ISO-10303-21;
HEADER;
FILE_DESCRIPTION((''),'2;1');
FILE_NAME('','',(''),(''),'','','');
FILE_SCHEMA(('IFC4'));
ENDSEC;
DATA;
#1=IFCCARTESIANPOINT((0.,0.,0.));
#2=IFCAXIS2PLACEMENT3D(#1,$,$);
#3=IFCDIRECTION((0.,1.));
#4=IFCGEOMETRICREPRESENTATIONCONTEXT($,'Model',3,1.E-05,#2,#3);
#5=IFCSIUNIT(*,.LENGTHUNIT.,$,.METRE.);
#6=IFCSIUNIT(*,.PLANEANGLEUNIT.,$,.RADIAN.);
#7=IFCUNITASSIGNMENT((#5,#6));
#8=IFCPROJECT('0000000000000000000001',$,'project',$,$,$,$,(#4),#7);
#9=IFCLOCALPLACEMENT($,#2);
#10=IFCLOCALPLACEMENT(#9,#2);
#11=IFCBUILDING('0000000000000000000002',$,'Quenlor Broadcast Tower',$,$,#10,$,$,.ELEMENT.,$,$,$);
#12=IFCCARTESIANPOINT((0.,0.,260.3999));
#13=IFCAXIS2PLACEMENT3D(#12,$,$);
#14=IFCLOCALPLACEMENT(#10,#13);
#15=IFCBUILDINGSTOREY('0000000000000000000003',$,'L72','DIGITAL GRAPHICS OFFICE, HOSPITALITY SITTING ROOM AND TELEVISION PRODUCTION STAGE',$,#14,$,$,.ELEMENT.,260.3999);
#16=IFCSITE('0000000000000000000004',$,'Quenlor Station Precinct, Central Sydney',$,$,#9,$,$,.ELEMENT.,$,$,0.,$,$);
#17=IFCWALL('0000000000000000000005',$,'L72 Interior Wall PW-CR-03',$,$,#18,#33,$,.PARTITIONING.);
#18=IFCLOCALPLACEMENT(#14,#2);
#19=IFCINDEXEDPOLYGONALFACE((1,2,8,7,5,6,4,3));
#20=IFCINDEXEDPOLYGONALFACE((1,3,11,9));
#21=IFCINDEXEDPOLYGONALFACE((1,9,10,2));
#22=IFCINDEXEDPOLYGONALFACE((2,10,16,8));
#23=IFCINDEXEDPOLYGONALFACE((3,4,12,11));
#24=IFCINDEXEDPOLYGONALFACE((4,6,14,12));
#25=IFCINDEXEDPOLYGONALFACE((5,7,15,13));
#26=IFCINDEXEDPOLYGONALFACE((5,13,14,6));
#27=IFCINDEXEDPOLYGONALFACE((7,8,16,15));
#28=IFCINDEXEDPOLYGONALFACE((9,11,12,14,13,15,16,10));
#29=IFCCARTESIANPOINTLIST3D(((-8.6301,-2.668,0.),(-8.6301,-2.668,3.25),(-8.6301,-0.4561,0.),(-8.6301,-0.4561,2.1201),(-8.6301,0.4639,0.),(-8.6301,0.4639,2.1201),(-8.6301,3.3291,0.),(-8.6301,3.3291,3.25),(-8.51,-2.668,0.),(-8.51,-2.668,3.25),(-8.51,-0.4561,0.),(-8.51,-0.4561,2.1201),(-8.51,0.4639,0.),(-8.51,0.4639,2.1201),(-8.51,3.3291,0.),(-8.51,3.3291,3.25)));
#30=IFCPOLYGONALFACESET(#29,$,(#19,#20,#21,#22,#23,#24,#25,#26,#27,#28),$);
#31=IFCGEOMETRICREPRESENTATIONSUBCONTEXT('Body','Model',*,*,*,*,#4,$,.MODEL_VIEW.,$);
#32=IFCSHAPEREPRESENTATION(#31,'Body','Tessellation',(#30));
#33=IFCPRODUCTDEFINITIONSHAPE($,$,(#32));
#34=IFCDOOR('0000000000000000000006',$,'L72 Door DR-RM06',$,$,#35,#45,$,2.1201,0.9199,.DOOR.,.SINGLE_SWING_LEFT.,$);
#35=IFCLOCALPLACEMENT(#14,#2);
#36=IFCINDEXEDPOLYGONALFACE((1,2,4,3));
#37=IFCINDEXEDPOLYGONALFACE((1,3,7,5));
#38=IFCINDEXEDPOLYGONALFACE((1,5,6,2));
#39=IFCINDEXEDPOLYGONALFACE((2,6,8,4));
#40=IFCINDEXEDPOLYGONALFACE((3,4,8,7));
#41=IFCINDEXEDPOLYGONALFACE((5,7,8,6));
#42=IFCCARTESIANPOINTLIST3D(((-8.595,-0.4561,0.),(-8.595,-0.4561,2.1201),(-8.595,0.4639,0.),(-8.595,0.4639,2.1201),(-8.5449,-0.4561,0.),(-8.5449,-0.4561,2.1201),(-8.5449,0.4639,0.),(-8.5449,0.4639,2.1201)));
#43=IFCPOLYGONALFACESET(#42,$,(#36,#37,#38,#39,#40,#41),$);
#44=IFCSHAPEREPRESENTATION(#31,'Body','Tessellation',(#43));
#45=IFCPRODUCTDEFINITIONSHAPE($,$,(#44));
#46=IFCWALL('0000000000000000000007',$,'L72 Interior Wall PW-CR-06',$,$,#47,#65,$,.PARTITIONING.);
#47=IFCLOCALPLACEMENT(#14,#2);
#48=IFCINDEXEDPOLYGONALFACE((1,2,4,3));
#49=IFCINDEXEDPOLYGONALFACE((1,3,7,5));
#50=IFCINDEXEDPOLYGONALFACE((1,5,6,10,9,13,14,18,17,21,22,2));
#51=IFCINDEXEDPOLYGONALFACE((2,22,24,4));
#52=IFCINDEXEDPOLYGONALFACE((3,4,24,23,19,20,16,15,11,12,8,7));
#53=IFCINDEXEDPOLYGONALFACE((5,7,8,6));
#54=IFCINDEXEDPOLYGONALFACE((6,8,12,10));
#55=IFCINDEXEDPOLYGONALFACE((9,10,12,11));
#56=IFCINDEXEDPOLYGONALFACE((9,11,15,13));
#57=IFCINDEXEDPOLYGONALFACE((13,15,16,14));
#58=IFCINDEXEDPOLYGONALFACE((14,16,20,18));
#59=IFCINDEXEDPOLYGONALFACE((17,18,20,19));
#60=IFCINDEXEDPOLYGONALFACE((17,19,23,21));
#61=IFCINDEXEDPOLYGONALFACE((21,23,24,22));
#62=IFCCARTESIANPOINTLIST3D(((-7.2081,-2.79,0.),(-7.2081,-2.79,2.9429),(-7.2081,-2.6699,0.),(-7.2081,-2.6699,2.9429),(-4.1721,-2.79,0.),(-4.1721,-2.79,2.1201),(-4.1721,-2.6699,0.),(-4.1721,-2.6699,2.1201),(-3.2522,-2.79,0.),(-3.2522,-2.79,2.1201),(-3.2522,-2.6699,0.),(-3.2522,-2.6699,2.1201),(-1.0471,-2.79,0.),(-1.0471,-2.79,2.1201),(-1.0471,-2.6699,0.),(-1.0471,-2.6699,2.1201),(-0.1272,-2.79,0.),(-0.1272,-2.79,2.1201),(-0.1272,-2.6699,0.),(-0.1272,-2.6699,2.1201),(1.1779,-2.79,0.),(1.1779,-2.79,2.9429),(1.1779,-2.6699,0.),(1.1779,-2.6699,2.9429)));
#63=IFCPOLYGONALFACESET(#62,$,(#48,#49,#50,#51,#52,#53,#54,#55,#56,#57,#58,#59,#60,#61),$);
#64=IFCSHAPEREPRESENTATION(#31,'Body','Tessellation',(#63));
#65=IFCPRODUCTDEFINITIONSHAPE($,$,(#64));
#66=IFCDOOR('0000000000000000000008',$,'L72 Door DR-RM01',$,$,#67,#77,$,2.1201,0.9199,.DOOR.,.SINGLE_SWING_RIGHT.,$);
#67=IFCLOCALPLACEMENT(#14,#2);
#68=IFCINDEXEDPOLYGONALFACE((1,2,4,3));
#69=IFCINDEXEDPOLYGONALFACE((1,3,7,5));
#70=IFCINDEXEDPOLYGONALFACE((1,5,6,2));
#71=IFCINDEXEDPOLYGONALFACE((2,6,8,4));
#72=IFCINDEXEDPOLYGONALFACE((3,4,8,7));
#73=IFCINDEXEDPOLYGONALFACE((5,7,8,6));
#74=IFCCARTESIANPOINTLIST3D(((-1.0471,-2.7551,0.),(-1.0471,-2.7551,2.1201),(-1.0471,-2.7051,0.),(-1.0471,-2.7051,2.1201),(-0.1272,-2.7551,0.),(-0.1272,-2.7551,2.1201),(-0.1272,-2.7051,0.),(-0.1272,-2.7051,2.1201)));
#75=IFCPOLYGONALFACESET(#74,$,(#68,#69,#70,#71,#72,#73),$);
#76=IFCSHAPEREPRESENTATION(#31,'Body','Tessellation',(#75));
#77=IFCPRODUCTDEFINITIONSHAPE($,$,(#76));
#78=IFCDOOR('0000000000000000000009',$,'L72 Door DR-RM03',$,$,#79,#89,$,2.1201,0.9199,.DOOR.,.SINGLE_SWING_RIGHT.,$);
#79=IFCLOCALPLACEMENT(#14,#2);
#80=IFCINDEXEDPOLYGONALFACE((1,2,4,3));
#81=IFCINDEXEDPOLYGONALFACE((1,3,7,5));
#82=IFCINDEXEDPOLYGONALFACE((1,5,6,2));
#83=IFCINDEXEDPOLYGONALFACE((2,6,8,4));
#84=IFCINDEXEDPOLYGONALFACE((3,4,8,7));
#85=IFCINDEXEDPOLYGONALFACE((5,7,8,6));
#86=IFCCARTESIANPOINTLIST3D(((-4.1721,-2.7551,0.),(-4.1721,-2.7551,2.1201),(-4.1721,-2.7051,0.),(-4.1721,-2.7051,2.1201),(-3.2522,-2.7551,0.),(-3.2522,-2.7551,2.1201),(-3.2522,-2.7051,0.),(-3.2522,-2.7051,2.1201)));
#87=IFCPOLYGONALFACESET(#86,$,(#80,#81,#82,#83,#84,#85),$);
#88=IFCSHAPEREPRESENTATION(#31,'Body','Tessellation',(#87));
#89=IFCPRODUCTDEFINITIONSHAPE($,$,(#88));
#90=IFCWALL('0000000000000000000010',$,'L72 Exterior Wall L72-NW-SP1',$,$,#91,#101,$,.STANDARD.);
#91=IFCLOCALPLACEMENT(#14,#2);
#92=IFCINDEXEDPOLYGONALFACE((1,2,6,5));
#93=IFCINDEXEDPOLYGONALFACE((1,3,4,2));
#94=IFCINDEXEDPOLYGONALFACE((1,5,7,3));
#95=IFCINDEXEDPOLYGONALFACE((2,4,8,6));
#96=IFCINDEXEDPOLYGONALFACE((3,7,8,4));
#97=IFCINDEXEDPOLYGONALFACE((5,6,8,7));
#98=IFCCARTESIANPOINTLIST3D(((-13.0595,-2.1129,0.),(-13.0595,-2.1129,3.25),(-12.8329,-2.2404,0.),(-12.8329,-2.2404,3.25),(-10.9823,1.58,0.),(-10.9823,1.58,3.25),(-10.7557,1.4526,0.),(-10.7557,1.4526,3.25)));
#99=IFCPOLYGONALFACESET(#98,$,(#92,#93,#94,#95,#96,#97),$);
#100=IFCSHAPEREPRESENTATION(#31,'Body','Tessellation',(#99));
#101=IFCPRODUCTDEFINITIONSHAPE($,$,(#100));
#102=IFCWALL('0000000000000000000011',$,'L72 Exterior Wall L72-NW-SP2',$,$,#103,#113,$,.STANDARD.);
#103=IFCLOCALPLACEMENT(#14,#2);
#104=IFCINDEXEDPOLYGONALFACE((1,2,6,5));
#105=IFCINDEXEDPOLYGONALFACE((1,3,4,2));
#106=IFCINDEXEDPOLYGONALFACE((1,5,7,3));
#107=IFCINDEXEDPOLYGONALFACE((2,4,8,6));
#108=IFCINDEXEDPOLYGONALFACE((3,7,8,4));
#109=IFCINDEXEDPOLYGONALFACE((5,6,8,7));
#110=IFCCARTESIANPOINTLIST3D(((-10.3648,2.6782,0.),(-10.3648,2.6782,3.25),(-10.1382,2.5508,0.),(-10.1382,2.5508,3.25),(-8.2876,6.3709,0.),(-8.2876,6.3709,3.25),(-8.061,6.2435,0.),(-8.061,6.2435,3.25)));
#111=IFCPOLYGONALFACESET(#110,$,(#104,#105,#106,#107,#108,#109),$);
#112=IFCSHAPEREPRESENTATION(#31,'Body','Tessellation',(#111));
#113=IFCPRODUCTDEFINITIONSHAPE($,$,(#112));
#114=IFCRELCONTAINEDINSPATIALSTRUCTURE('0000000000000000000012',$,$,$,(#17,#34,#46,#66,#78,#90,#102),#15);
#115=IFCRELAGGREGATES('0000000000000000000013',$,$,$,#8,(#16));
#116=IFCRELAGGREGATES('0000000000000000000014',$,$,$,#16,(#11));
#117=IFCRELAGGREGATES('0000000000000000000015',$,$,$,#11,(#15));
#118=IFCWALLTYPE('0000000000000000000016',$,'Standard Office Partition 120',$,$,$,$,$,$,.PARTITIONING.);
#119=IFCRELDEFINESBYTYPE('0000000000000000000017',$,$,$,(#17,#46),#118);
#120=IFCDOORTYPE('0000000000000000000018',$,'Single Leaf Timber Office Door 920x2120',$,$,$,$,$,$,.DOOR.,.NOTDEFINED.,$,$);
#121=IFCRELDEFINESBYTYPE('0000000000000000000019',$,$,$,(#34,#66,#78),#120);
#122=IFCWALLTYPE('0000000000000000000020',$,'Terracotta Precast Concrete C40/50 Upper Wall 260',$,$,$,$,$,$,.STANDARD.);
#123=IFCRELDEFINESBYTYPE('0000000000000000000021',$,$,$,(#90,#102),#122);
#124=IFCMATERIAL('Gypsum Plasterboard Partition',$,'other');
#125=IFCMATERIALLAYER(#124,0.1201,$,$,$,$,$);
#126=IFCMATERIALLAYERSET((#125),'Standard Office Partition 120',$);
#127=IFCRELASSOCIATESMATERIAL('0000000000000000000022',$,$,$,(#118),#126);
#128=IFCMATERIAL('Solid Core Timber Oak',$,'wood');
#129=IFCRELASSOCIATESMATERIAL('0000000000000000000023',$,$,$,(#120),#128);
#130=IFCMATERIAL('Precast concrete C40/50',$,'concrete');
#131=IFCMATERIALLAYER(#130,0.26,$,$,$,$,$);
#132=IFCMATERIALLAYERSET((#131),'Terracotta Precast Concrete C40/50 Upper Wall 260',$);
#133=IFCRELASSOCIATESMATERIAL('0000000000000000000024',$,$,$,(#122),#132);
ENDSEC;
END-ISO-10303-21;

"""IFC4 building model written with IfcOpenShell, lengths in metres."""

from ifc_helpers import new_model, si_unit, direction, frame, frame_2d, origin, place, context, subcontext, project, spatial, rectangle, extrude, material, layer, layer_set, type_object, element, fill, save


model = new_model("IFC4")

# Units and contexts
model_context = context("Model", 3, precision=1e-05, world=origin(), true_north=direction((0.0, 1.0)))
body_context = subcontext(model_context, "Body", "Model", "MODEL_VIEW")
ifc_project = project(units=[si_unit("LENGTHUNIT", "METRE"), si_unit("PLANEANGLEUNIT", "RADIAN")], contexts=[model_context])

# Site, building, storey
site_placement = place(None, origin())
site = spatial("IfcSite", under=ifc_project, at=site_placement, Name="Quenlor Station Precinct, Central Sydney", CompositionType="ELEMENT", RefElevation=0.0)
building_placement = place(site_placement, origin())
building = spatial("IfcBuilding", under=site, at=building_placement, Name="Quenlor Broadcast Tower", CompositionType="ELEMENT")
storey_placement = place(building_placement, frame((0.0, 0.0, 260.3999)))
storey = spatial("IfcBuildingStorey", under=building, at=storey_placement, Name="L72", Description="DIGITAL GRAPHICS OFFICE, HOSPITALITY SITTING ROOM AND TELEVISION PRODUCTION STAGE", CompositionType="ELEMENT", Elevation=260.3999)

# Wall, opening, door
ifc_material_1 = material(Name="Gypsum Plasterboard Partition", Category="other")
ifc_layer_1 = layer(ifc_material_1, 0.1201)
ifc_layer_set_1 = layer_set([ifc_layer_1], Name="Standard Office Partition 120")
wall_type_1 = type_object("IfcWallType", Name="Standard Office Partition 120", PredefinedType="PARTITIONING", material=ifc_layer_set_1)
wall_1_placement = place(storey_placement, frame((-8.5701, -2.668, 0.0), z_axis=(0.0, 0.0, 1.0), x_axis=(0.0, 1.0, 0.0)))
wall_1 = element("IfcWall", 1, at=wall_1_placement, inside=storey, type_object=wall_type_1, Name="L72 Interior Wall PW-CR-03", PredefinedType="PARTITIONING", context=body_context, shape_type="SweptSolid", body=[
    extrude(rectangle(XDim=5.9971, YDim=0.1201, at=frame_2d((2.9985, 0.0))), origin(), (0.0, 0.0, 1.0), 3.25),
])
opening_1_placement = place(wall_1_placement, frame((2.2119, 0.0, 0.0)))
opening_1 = element("IfcOpeningElement", 2, at=opening_1_placement, cuts=wall_1, PredefinedType="OPENING", context=body_context, shape_type="SweptSolid", body=[
    extrude(rectangle(XDim=0.9199, YDim=2.1201, at=frame_2d((0.46, 1.0601))), frame((0.0, 0.0701, 0.0), z_axis=(0.0, -1.0, 0.0), x_axis=(1.0, 0.0, 0.0)), (0.0, 0.0, 1.0), 0.1401),
])
ifc_material_2 = material(Name="Solid Core Timber Oak", Category="wood")
door_type = type_object("IfcDoorType", Name="Single Leaf Timber Office Door 920x2120", OperationType="NOTDEFINED", PredefinedType="DOOR", material=ifc_material_2)
door_1_placement = place(opening_1_placement, origin())
door_1 = element("IfcDoor", 3, at=door_1_placement, inside=storey, type_object=door_type, Name="L72 Door DR-RM06", OperationType="SINGLE_SWING_LEFT", OverallHeight=2.1201, OverallWidth=0.9199, PredefinedType="DOOR", context=body_context, shape_type="SweptSolid", body=[
    extrude(rectangle(XDim=0.9199, YDim=2.1201, at=frame_2d((0.46, 1.0601))), frame((0.0, 0.0249, 0.0), z_axis=(0.0, -1.0, 0.0), x_axis=(1.0, 0.0, 0.0)), (0.0, 0.0, 1.0), 0.05),
])
fill(opening_1, door_1)

# Wall, openings, doors
wall_2_placement = place(storey_placement, frame((-7.208, -2.73, 0.0), z_axis=(0.0, 0.0, 1.0), x_axis=(1.0, 0.0, 0.0)))
wall_2 = element("IfcWall", 4, at=wall_2_placement, inside=storey, type_object=wall_type_1, Name="L72 Interior Wall PW-CR-06", PredefinedType="PARTITIONING", context=body_context, shape_type="SweptSolid", body=[
    extrude(rectangle(XDim=8.386, YDim=0.1201, at=frame_2d((4.1929, 0.0))), origin(), (0.0, 0.0, 1.0), 2.9429),
])
opening_2_placement = place(wall_2_placement, frame((6.1609, 0.0, 0.0)))
opening_2 = element("IfcOpeningElement", 5, at=opening_2_placement, cuts=wall_2, PredefinedType="OPENING", context=body_context, shape_type="SweptSolid", body=[
    extrude(rectangle(XDim=0.9199, YDim=2.1201, at=frame_2d((0.46, 1.0601))), frame((0.0, 0.0701, 0.0), z_axis=(0.0, -1.0, 0.0), x_axis=(1.0, 0.0, 0.0)), (0.0, 0.0, 1.0), 0.1401),
])
opening_3_placement = place(wall_2_placement, frame((3.0359, 0.0, 0.0)))
opening_3 = element("IfcOpeningElement", 6, at=opening_3_placement, cuts=wall_2, PredefinedType="OPENING", context=body_context, shape_type="SweptSolid", body=[
    extrude(rectangle(XDim=0.9199, YDim=2.1201, at=frame_2d((0.46, 1.0601))), frame((0.0, 0.0701, 0.0), z_axis=(0.0, -1.0, 0.0), x_axis=(1.0, 0.0, 0.0)), (0.0, 0.0, 1.0), 0.1401),
])
door_2_placement = place(opening_2_placement, origin())
door_2 = element("IfcDoor", 7, at=door_2_placement, inside=storey, type_object=door_type, Name="L72 Door DR-RM01", OperationType="SINGLE_SWING_RIGHT", OverallHeight=2.1201, OverallWidth=0.9199, PredefinedType="DOOR", context=body_context, shape_type="SweptSolid", body=[
    extrude(rectangle(XDim=0.9199, YDim=2.1201, at=frame_2d((0.46, 1.0601))), frame((0.0, 0.0249, 0.0), z_axis=(0.0, -1.0, 0.0), x_axis=(1.0, 0.0, 0.0)), (0.0, 0.0, 1.0), 0.05),
])
fill(opening_2, door_2)
door_3_placement = place(opening_3_placement, origin())
door_3 = element("IfcDoor", 8, at=door_3_placement, inside=storey, type_object=door_type, Name="L72 Door DR-RM03", OperationType="SINGLE_SWING_RIGHT", OverallHeight=2.1201, OverallWidth=0.9199, PredefinedType="DOOR", context=body_context, shape_type="SweptSolid", body=[
    extrude(rectangle(XDim=0.9199, YDim=2.1201, at=frame_2d((0.46, 1.0601))), frame((0.0, 0.0249, 0.0), z_axis=(0.0, -1.0, 0.0), x_axis=(1.0, 0.0, 0.0)), (0.0, 0.0, 1.0), 0.05),
])
fill(opening_3, door_3)

# Walls
ifc_material_3 = material(Name="Precast concrete C40/50", Category="concrete")
ifc_layer_2 = layer(ifc_material_3, 0.26)
ifc_layer_set_2 = layer_set([ifc_layer_2], Name="Terracotta Precast Concrete C40/50 Upper Wall 260")
wall_type_2 = type_object("IfcWallType", Name="Terracotta Precast Concrete C40/50 Upper Wall 260", PredefinedType="STANDARD", material=ifc_layer_set_2)
wall_3_placement = place(storey_placement, frame((-12.9463, -2.1768, 0.0), z_axis=(0.0, 0.0, 1.0), x_axis=(0.490245, 0.871585, 0.0)))
element("IfcWall", 9, at=wall_3_placement, inside=storey, type_object=wall_type_2, Name="L72 Exterior Wall L72-NW-SP1", PredefinedType="STANDARD", context=body_context, shape_type="SweptSolid", body=[
    extrude(rectangle(XDim=4.2371, YDim=0.26, at=frame_2d((2.1187, 0.0))), origin(), (0.0, 0.0, 1.0), 3.25),
])
wall_4_placement = place(storey_placement, frame((-10.2515, 2.6145, 0.0), z_axis=(0.0, 0.0, 1.0), x_axis=(0.490269, 0.871571, 0.0)))
element("IfcWall", 10, at=wall_4_placement, inside=storey, type_object=wall_type_2, Name="L72 Exterior Wall L72-NW-SP2", PredefinedType="STANDARD", context=body_context, shape_type="SweptSolid", body=[
    extrude(rectangle(XDim=4.2368, YDim=0.26, at=frame_2d((2.1184, 0.0))), origin(), (0.0, 0.0, 1.0), 3.25),
])

save(model, "model.ifc")
